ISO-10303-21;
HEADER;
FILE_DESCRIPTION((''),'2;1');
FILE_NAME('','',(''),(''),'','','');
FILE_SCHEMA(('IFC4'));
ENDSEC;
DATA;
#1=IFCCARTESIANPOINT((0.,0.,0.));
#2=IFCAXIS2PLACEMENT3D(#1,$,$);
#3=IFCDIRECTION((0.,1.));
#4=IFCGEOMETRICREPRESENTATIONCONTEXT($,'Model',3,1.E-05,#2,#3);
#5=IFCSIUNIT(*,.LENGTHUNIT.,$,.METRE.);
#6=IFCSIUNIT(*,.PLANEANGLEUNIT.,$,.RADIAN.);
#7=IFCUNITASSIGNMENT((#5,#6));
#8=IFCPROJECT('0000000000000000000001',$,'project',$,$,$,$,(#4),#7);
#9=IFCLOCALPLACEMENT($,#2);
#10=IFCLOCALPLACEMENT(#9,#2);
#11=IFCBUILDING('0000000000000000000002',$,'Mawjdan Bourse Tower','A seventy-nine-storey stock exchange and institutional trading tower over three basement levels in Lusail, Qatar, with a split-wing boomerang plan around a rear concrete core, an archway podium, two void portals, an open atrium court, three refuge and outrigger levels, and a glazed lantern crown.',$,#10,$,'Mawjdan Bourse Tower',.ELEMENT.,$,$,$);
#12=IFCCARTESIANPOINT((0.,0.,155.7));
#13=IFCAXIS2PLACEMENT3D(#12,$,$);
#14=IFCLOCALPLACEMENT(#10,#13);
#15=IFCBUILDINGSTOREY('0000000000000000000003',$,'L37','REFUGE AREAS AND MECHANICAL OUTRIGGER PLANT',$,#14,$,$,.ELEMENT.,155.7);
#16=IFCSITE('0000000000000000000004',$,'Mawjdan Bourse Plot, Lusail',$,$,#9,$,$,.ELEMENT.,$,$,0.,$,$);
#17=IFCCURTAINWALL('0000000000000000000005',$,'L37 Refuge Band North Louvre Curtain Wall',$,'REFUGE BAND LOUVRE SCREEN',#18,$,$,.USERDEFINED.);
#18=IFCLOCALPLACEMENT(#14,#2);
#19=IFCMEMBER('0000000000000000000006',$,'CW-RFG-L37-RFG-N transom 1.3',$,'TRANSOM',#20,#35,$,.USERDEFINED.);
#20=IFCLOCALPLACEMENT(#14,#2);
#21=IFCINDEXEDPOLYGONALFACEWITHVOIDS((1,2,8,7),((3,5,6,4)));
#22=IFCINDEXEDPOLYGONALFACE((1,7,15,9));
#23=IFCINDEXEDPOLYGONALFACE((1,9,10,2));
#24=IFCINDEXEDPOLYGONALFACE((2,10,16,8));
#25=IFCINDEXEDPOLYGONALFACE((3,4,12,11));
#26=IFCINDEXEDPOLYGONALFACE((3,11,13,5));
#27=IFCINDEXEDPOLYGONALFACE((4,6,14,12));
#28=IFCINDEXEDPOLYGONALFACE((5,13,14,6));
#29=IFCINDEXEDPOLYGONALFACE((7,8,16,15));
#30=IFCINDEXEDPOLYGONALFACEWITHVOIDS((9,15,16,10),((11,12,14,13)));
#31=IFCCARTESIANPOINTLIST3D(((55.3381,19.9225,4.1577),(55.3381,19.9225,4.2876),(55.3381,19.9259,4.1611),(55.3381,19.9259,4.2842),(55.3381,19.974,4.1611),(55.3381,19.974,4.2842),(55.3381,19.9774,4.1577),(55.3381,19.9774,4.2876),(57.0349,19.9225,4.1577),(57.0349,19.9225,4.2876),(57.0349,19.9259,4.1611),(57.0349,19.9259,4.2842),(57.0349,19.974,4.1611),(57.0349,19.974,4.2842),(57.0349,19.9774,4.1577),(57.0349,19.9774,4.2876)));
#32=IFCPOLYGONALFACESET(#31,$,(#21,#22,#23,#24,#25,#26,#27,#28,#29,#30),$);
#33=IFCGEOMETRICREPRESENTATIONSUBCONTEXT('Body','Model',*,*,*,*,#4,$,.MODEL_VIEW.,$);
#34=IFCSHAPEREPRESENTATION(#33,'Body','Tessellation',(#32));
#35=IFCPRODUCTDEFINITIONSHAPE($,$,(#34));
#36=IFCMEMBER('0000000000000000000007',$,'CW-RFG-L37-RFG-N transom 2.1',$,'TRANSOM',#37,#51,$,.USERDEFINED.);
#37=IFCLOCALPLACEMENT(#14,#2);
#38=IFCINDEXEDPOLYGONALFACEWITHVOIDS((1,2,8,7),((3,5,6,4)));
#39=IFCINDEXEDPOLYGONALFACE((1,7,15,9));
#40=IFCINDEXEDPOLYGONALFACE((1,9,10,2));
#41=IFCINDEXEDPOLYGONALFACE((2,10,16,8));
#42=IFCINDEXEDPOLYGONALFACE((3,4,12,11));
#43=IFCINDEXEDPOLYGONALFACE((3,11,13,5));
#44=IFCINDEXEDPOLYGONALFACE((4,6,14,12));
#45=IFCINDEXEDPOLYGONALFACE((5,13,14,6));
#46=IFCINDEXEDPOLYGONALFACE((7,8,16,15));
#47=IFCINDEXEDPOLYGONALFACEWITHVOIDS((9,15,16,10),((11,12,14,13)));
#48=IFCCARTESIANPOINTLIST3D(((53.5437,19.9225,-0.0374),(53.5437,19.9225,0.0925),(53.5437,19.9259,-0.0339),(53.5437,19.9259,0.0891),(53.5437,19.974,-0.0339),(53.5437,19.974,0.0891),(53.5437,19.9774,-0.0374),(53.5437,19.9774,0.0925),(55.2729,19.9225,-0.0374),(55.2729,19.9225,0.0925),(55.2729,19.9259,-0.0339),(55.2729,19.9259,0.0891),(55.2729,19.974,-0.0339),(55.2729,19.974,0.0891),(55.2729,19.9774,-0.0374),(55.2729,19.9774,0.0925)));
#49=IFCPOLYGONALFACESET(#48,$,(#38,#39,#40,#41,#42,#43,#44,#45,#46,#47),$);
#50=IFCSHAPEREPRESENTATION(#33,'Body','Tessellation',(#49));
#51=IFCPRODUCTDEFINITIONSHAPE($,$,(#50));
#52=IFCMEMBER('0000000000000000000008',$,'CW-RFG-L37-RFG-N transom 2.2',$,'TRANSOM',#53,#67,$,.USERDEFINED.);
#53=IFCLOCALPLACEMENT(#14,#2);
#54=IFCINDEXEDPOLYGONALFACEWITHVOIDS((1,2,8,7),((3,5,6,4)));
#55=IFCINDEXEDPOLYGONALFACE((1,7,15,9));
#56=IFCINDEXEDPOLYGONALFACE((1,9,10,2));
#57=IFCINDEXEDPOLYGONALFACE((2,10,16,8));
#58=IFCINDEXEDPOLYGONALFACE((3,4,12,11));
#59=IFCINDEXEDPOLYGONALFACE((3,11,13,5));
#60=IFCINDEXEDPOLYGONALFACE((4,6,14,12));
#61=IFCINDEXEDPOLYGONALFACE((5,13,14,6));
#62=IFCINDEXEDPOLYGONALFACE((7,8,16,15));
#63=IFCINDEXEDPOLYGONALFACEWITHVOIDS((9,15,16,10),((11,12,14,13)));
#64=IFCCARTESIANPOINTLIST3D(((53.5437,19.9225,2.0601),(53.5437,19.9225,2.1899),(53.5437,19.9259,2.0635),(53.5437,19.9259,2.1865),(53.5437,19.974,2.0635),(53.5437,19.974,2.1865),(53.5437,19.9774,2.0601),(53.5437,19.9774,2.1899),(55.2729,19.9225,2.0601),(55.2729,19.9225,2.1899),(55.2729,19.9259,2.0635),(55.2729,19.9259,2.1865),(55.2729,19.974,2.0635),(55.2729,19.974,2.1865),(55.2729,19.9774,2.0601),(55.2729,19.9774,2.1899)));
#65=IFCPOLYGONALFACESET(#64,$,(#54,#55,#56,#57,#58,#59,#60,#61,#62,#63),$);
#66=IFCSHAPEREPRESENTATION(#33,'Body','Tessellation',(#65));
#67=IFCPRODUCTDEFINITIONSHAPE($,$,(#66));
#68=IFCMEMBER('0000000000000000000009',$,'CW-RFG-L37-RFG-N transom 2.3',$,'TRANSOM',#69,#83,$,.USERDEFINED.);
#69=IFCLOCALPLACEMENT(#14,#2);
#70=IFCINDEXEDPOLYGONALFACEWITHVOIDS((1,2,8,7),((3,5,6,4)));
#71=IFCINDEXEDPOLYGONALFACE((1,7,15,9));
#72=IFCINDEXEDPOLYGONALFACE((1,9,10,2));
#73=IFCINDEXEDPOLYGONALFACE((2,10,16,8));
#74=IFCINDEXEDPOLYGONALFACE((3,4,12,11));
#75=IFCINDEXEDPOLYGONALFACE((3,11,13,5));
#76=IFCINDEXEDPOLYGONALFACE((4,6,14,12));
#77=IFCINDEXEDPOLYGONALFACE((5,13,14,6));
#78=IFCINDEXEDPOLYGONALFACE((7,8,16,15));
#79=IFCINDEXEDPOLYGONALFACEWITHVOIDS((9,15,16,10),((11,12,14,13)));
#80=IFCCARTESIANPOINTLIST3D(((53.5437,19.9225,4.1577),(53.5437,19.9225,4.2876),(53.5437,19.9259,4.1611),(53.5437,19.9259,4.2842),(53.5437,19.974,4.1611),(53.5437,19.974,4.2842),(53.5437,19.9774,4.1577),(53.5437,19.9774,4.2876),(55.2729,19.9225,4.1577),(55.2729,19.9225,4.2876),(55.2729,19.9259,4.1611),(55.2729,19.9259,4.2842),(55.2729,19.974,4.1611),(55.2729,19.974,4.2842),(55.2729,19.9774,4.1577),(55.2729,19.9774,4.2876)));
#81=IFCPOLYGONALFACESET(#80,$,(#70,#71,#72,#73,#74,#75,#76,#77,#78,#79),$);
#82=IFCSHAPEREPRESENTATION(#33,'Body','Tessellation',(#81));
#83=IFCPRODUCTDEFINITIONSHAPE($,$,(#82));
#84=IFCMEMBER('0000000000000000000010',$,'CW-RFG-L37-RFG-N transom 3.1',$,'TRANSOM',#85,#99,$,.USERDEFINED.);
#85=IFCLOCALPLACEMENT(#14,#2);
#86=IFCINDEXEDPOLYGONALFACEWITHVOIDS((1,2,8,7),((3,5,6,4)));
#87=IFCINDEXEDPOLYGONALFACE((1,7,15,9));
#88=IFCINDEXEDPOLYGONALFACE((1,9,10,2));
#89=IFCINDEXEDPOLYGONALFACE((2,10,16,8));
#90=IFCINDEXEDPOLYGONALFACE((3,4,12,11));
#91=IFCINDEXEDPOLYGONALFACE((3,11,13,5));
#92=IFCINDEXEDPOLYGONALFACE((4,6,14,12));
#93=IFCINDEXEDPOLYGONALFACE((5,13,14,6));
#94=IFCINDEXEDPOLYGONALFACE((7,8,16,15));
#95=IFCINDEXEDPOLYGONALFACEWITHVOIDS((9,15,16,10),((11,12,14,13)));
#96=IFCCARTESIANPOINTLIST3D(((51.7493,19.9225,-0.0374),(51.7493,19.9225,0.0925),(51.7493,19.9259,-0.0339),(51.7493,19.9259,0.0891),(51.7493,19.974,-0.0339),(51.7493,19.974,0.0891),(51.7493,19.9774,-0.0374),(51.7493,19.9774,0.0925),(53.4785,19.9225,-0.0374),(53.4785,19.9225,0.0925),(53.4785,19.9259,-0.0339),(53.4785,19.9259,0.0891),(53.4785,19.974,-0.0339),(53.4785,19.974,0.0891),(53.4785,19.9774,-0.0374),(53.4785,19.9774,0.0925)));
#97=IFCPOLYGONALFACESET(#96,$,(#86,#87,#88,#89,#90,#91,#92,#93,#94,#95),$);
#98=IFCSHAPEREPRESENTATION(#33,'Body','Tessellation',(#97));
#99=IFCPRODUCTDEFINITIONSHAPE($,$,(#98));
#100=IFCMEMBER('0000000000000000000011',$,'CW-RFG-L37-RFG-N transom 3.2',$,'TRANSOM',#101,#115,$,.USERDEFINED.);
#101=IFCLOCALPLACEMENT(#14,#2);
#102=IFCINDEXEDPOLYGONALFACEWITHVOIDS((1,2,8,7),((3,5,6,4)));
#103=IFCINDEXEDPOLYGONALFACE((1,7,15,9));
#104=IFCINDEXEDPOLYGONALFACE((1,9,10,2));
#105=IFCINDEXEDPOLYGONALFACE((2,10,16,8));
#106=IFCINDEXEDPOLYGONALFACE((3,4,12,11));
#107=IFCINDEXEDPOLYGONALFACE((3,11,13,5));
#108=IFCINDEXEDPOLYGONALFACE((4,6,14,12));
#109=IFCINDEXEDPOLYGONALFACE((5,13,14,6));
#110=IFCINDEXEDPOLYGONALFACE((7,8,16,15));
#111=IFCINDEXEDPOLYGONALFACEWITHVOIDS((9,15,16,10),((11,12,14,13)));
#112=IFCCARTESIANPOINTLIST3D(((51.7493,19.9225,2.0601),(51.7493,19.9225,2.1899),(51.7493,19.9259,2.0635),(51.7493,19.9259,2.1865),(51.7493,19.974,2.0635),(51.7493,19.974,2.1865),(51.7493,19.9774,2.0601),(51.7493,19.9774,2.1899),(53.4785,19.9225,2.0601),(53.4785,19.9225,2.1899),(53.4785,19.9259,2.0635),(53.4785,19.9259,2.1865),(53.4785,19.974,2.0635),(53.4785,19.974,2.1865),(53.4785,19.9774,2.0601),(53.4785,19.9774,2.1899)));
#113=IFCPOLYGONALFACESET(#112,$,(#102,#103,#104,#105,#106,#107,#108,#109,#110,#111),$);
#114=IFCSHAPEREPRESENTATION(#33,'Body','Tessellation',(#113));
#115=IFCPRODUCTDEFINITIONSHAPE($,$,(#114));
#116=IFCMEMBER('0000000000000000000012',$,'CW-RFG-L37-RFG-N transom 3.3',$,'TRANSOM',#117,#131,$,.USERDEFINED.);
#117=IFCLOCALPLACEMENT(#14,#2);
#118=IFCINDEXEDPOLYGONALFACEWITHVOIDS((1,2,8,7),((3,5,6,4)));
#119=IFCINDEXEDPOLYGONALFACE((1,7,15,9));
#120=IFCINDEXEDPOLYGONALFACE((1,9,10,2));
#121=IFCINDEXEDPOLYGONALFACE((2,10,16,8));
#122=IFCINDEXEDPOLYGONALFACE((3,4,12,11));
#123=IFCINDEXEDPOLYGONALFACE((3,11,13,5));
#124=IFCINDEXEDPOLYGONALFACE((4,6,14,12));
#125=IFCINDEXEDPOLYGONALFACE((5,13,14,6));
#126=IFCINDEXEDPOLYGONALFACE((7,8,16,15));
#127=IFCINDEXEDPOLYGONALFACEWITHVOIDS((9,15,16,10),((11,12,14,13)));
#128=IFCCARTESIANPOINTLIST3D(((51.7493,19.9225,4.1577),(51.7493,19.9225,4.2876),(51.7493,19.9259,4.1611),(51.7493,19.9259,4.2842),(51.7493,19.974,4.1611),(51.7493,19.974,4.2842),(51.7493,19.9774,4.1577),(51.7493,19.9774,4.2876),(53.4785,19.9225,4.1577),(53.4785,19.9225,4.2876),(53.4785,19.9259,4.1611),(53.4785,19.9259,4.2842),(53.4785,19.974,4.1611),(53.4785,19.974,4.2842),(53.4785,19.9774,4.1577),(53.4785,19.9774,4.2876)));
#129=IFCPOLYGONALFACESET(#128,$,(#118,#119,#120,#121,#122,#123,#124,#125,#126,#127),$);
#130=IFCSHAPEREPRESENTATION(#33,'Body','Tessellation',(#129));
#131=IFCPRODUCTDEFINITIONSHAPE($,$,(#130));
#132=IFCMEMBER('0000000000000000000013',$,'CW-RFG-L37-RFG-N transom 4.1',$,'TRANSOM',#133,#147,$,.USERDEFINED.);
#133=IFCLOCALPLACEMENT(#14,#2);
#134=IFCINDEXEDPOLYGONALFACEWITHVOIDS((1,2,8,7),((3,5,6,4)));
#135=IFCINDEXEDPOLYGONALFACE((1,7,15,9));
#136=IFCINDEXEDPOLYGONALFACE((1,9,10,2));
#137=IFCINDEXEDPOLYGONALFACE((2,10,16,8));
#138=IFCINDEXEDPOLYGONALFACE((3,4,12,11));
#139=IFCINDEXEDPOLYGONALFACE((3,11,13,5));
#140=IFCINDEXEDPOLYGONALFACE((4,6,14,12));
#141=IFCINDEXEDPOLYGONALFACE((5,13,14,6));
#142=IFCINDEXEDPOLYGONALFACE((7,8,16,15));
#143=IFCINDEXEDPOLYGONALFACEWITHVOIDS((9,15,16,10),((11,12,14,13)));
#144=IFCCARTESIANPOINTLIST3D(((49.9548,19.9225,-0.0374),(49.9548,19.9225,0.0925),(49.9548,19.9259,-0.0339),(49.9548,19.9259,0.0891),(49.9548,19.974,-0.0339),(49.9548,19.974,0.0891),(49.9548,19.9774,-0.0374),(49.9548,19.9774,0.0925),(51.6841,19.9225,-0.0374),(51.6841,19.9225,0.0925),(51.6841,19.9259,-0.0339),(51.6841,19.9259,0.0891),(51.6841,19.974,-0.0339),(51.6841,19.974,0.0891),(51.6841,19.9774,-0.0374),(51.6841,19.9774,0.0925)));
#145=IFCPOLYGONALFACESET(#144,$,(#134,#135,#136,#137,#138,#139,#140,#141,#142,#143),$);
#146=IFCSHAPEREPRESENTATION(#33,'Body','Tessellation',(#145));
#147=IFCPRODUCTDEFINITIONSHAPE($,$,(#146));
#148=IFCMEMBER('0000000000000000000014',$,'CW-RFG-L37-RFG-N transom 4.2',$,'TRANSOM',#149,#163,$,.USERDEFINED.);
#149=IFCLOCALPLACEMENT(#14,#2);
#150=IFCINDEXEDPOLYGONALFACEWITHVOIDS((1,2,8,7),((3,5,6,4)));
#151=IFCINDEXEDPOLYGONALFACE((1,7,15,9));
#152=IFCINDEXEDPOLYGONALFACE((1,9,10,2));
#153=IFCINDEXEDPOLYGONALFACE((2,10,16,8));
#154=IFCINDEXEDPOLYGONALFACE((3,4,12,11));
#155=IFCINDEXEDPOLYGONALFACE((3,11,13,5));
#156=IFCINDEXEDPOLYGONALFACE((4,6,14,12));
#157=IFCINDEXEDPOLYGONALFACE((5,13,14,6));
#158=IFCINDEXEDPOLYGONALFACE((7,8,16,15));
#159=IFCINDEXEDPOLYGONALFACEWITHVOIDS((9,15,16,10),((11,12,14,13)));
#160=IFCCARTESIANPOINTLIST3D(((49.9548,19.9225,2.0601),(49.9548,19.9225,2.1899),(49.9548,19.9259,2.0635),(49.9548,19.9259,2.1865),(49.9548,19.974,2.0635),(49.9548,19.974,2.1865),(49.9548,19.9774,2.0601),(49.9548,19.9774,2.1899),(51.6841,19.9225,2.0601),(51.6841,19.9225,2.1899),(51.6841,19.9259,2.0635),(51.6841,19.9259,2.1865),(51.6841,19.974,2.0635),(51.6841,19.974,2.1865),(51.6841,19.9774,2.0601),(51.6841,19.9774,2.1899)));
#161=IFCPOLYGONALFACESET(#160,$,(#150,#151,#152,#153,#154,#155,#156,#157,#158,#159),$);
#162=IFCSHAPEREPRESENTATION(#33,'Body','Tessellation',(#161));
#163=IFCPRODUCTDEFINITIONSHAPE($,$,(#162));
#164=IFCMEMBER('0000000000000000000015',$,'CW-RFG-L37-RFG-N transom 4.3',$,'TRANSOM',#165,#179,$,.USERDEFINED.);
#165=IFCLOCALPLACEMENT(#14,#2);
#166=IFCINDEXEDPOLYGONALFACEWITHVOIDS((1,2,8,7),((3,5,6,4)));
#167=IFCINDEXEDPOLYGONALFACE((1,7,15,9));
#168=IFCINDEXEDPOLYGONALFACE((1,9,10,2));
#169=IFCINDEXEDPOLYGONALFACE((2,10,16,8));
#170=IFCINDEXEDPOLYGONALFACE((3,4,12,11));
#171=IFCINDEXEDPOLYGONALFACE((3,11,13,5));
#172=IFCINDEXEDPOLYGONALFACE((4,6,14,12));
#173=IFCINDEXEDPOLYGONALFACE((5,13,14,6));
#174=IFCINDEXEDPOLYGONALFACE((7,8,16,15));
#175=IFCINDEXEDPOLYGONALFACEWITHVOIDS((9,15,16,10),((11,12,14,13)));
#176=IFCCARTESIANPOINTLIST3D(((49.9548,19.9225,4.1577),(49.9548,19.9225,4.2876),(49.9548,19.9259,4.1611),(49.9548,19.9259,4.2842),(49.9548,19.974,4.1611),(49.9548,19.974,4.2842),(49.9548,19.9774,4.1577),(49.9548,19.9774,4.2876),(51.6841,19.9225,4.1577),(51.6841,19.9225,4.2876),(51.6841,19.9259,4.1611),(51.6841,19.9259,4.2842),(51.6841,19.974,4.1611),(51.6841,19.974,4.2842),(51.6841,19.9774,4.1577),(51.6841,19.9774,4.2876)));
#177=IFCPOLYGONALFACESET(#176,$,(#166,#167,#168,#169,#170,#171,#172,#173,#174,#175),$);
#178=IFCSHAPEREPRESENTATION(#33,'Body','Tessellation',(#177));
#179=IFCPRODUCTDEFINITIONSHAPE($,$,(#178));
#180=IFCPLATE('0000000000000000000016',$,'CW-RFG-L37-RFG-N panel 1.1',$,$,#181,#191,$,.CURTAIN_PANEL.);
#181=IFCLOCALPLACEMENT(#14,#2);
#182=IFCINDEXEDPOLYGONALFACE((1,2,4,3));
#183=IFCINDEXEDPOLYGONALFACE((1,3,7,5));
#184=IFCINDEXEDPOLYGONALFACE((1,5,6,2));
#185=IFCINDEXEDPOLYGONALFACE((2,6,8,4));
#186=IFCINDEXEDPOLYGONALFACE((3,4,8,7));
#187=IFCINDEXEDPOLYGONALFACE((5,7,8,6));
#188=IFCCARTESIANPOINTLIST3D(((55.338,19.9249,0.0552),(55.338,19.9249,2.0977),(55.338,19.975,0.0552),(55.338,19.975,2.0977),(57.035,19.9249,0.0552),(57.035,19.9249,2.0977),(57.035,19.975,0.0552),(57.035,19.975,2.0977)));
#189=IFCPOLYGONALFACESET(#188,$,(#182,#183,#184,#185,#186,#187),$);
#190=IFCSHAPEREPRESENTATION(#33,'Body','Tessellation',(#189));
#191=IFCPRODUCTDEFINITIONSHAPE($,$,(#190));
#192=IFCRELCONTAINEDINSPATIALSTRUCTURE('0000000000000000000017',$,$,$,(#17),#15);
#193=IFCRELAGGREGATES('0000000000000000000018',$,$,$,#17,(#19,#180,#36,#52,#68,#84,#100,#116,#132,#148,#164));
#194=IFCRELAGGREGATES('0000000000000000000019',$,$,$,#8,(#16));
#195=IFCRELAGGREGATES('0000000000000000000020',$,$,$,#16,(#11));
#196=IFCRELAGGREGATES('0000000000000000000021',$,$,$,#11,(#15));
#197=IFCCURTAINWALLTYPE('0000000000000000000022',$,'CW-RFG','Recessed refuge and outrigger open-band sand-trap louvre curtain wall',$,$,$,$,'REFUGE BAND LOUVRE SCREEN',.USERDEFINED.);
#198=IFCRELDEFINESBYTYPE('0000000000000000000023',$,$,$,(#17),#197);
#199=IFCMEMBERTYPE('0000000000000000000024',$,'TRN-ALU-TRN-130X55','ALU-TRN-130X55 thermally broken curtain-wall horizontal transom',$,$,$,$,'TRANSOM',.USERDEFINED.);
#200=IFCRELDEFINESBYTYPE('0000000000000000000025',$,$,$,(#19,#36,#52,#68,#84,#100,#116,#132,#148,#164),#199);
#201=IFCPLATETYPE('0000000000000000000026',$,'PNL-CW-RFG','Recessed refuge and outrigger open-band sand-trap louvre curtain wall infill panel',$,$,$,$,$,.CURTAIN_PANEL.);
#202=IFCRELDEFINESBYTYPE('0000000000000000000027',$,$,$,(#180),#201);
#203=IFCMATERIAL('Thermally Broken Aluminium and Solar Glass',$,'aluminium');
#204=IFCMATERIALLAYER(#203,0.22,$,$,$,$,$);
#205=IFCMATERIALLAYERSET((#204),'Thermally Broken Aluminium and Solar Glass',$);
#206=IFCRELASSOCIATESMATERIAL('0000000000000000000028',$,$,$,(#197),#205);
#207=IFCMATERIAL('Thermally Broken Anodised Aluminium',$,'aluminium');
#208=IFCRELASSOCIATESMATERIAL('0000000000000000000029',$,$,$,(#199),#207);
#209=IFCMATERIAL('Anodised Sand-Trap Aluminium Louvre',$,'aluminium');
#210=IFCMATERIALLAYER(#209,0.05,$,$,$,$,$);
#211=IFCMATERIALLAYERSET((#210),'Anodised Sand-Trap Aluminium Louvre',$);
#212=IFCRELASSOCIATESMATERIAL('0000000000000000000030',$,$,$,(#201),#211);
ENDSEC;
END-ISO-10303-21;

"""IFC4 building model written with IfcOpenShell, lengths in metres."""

from ifc_helpers import new_model, si_unit, direction, frame, origin, origin_2d, place, context, subcontext, project, spatial, rectangle, hollow_rectangle, extrude, material, layer, layer_set, material_profile, profile_set, type_object, element, aggregate, save


model = new_model("IFC4")

# Units and contexts
model_context = context("Model", 3, precision=1e-05, world=origin(), true_north=direction((0.0, 1.0)))
body_context = subcontext(model_context, "Body", "Model", "MODEL_VIEW")
ifc_project = project(units=[si_unit("LENGTHUNIT", "METRE"), si_unit("PLANEANGLEUNIT", "RADIAN")], contexts=[model_context])

# Site, building, storey
site_placement = place(None, origin())
site = spatial("IfcSite", under=ifc_project, at=site_placement, Name="Mawjdan Bourse Plot, Lusail", CompositionType="ELEMENT", RefElevation=0.0)
building_placement = place(site_placement, origin())
building = spatial("IfcBuilding", under=site, at=building_placement, Name="Mawjdan Bourse Tower", Description="A seventy-nine-storey stock exchange and institutional trading tower over three basement levels in Lusail, Qatar, with a split-wing boomerang plan around a rear concrete core, an archway podium, two void portals, an open atrium court, three refuge and outrigger levels, and a glazed lantern crown.", LongName="Mawjdan Bourse Tower", CompositionType="ELEMENT")
storey_placement = place(building_placement, frame((0.0, 0.0, 155.7)))
storey = spatial("IfcBuildingStorey", under=building, at=storey_placement, Name="L37", Description="REFUGE AREAS AND MECHANICAL OUTRIGGER PLANT", CompositionType="ELEMENT", Elevation=155.7)

# Curtain wall
ifc_material_1 = material(Name="Thermally Broken Aluminium and Solar Glass", Category="aluminium")
ifc_layer_1 = layer(ifc_material_1, 0.22)
ifc_layer_set_1 = layer_set([ifc_layer_1], Name="Thermally Broken Aluminium and Solar Glass")
curtain_wall_type = type_object("IfcCurtainWallType", Name="CW-RFG", Description="Recessed refuge and outrigger open-band sand-trap louvre curtain wall", ElementType="REFUGE BAND LOUVRE SCREEN", PredefinedType="USERDEFINED", material=ifc_layer_set_1)
curtain_wall_placement = place(storey_placement, origin())
curtain_wall = element("IfcCurtainWall", 1, at=curtain_wall_placement, inside=storey, type_object=curtain_wall_type, Name="L37 Refuge Band North Louvre Curtain Wall", ObjectType="REFUGE BAND LOUVRE SCREEN", PredefinedType="USERDEFINED")
ifc_material_2 = material(Name="Thermally Broken Anodised Aluminium", Category="aluminium")

# Members
ifc_material_profile_1 = material_profile(ifc_material_2, hollow_rectangle(XDim=0.0549, YDim=0.1299, WallThickness=0.0034, at=origin_2d()), Name="ALU-TRN-130X55")
ifc_profile_set_1 = profile_set([ifc_material_profile_1], Name="Thermally Broken Anodised Aluminium")
member_type_1 = type_object("IfcMemberType", Name="TRN-ALU-TRN-130X55", Description="ALU-TRN-130X55 thermally broken curtain-wall horizontal transom", ElementType="TRANSOM", PredefinedType="USERDEFINED", material=ifc_profile_set_1)
member_1_placement = place(storey_placement, frame((57.0349, 19.95, 4.2227), z_axis=(-1.0, 0.0, 0.0), x_axis=(0.0, -1.0, 0.0)))
member_1 = element("IfcMember", 2, at=member_1_placement, type_object=member_type_1, Name="CW-RFG-L37-RFG-N transom 1.3", ObjectType="TRANSOM", PredefinedType="USERDEFINED", context=body_context, shape_type="SweptSolid", body=[
    extrude(hollow_rectangle(XDim=0.0549, YDim=0.1299, WallThickness=0.0034, at=origin_2d()), origin(), (0.0, 0.0, 1.0), 1.6968),
])
member_2_placement = place(storey_placement, frame((55.2729, 19.95, 0.0276), z_axis=(-1.0, 0.0, 0.0), x_axis=(0.0, -1.0, 0.0)))
member_2 = element("IfcMember", 3, at=member_2_placement, type_object=member_type_1, Name="CW-RFG-L37-RFG-N transom 2.1", ObjectType="TRANSOM", PredefinedType="USERDEFINED", context=body_context, shape_type="SweptSolid", body=[
    extrude(hollow_rectangle(XDim=0.0549, YDim=0.1299, WallThickness=0.0034, at=origin_2d()), origin(), (0.0, 0.0, 1.0), 1.7292),
])
member_3_placement = place(storey_placement, frame((55.2729, 19.95, 2.125), z_axis=(-1.0, 0.0, 0.0), x_axis=(0.0, -1.0, 0.0)))
member_3 = element("IfcMember", 4, at=member_3_placement, type_object=member_type_1, Name="CW-RFG-L37-RFG-N transom 2.2", ObjectType="TRANSOM", PredefinedType="USERDEFINED", context=body_context, shape_type="SweptSolid", body=[
    extrude(hollow_rectangle(XDim=0.0549, YDim=0.1299, WallThickness=0.0034, at=origin_2d()), origin(), (0.0, 0.0, 1.0), 1.7292),
])
member_4_placement = place(storey_placement, frame((55.2729, 19.95, 4.2227), z_axis=(-1.0, 0.0, 0.0), x_axis=(0.0, -1.0, 0.0)))
member_4 = element("IfcMember", 5, at=member_4_placement, type_object=member_type_1, Name="CW-RFG-L37-RFG-N transom 2.3", ObjectType="TRANSOM", PredefinedType="USERDEFINED", context=body_context, shape_type="SweptSolid", body=[
    extrude(hollow_rectangle(XDim=0.0549, YDim=0.1299, WallThickness=0.0034, at=origin_2d()), origin(), (0.0, 0.0, 1.0), 1.7292),
])
member_5_placement = place(storey_placement, frame((53.4785, 19.95, 0.0276), z_axis=(-1.0, 0.0, 0.0), x_axis=(0.0, -1.0, 0.0)))
member_5 = element("IfcMember", 6, at=member_5_placement, type_object=member_type_1, Name="CW-RFG-L37-RFG-N transom 3.1", ObjectType="TRANSOM", PredefinedType="USERDEFINED", context=body_context, shape_type="SweptSolid", body=[
    extrude(hollow_rectangle(XDim=0.0549, YDim=0.1299, WallThickness=0.0034, at=origin_2d()), origin(), (0.0, 0.0, 1.0), 1.7292),
])
member_6_placement = place(storey_placement, frame((53.4785, 19.95, 2.125), z_axis=(-1.0, 0.0, 0.0), x_axis=(0.0, -1.0, 0.0)))
member_6 = element("IfcMember", 7, at=member_6_placement, type_object=member_type_1, Name="CW-RFG-L37-RFG-N transom 3.2", ObjectType="TRANSOM", PredefinedType="USERDEFINED", context=body_context, shape_type="SweptSolid", body=[
    extrude(hollow_rectangle(XDim=0.0549, YDim=0.1299, WallThickness=0.0034, at=origin_2d()), origin(), (0.0, 0.0, 1.0), 1.7292),
])
member_7_placement = place(storey_placement, frame((53.4785, 19.95, 4.2227), z_axis=(-1.0, 0.0, 0.0), x_axis=(0.0, -1.0, 0.0)))
member_7 = element("IfcMember", 8, at=member_7_placement, type_object=member_type_1, Name="CW-RFG-L37-RFG-N transom 3.3", ObjectType="TRANSOM", PredefinedType="USERDEFINED", context=body_context, shape_type="SweptSolid", body=[
    extrude(hollow_rectangle(XDim=0.0549, YDim=0.1299, WallThickness=0.0034, at=origin_2d()), origin(), (0.0, 0.0, 1.0), 1.7292),
])
member_8_placement = place(storey_placement, frame((51.6841, 19.95, 0.0276), z_axis=(-1.0, 0.0, 0.0), x_axis=(0.0, -1.0, 0.0)))
member_8 = element("IfcMember", 9, at=member_8_placement, type_object=member_type_1, Name="CW-RFG-L37-RFG-N transom 4.1", ObjectType="TRANSOM", PredefinedType="USERDEFINED", context=body_context, shape_type="SweptSolid", body=[
    extrude(hollow_rectangle(XDim=0.0549, YDim=0.1299, WallThickness=0.0034, at=origin_2d()), origin(), (0.0, 0.0, 1.0), 1.7292),
])
member_9_placement = place(storey_placement, frame((51.6841, 19.95, 2.125), z_axis=(-1.0, 0.0, 0.0), x_axis=(0.0, -1.0, 0.0)))
member_9 = element("IfcMember", 10, at=member_9_placement, type_object=member_type_1, Name="CW-RFG-L37-RFG-N transom 4.2", ObjectType="TRANSOM", PredefinedType="USERDEFINED", context=body_context, shape_type="SweptSolid", body=[
    extrude(hollow_rectangle(XDim=0.0549, YDim=0.1299, WallThickness=0.0034, at=origin_2d()), origin(), (0.0, 0.0, 1.0), 1.7292),
])
member_10_placement = place(storey_placement, frame((51.6841, 19.95, 4.2227), z_axis=(-1.0, 0.0, 0.0), x_axis=(0.0, -1.0, 0.0)))
member_10 = element("IfcMember", 11, at=member_10_placement, type_object=member_type_1, Name="CW-RFG-L37-RFG-N transom 4.3", ObjectType="TRANSOM", PredefinedType="USERDEFINED", context=body_context, shape_type="SweptSolid", body=[
    extrude(hollow_rectangle(XDim=0.0549, YDim=0.1299, WallThickness=0.0034, at=origin_2d()), origin(), (0.0, 0.0, 1.0), 1.7292),
])

# Plate
ifc_material_3 = material(Name="Anodised Sand-Trap Aluminium Louvre", Category="aluminium")
ifc_layer_2 = layer(ifc_material_3, 0.05)
ifc_layer_set_2 = layer_set([ifc_layer_2], Name="Anodised Sand-Trap Aluminium Louvre")
plate_type = type_object("IfcPlateType", Name="PNL-CW-RFG", Description="Recessed refuge and outrigger open-band sand-trap louvre curtain wall infill panel", PredefinedType="CURTAIN_PANEL", material=ifc_layer_set_2)
plate_1_placement = place(storey_placement, frame((56.1865, 19.95, 0.0552), z_axis=(0.0, 0.0, 1.0), x_axis=(-1.0, 0.0, 0.0)))
plate_1 = element("IfcPlate", 12, at=plate_1_placement, type_object=plate_type, Name="CW-RFG-L37-RFG-N panel 1.1", PredefinedType="CURTAIN_PANEL", context=body_context, shape_type="SweptSolid", body=[
    extrude(rectangle(XDim=1.697, YDim=0.05, at=origin_2d()), origin(), (0.0, 0.0, 1.0), 2.0425),
])
aggregate(curtain_wall, [member_1, plate_1, member_2, member_3, member_4, member_5, member_6, member_7, member_8, member_9, member_10])

save(model, "model.ifc")
